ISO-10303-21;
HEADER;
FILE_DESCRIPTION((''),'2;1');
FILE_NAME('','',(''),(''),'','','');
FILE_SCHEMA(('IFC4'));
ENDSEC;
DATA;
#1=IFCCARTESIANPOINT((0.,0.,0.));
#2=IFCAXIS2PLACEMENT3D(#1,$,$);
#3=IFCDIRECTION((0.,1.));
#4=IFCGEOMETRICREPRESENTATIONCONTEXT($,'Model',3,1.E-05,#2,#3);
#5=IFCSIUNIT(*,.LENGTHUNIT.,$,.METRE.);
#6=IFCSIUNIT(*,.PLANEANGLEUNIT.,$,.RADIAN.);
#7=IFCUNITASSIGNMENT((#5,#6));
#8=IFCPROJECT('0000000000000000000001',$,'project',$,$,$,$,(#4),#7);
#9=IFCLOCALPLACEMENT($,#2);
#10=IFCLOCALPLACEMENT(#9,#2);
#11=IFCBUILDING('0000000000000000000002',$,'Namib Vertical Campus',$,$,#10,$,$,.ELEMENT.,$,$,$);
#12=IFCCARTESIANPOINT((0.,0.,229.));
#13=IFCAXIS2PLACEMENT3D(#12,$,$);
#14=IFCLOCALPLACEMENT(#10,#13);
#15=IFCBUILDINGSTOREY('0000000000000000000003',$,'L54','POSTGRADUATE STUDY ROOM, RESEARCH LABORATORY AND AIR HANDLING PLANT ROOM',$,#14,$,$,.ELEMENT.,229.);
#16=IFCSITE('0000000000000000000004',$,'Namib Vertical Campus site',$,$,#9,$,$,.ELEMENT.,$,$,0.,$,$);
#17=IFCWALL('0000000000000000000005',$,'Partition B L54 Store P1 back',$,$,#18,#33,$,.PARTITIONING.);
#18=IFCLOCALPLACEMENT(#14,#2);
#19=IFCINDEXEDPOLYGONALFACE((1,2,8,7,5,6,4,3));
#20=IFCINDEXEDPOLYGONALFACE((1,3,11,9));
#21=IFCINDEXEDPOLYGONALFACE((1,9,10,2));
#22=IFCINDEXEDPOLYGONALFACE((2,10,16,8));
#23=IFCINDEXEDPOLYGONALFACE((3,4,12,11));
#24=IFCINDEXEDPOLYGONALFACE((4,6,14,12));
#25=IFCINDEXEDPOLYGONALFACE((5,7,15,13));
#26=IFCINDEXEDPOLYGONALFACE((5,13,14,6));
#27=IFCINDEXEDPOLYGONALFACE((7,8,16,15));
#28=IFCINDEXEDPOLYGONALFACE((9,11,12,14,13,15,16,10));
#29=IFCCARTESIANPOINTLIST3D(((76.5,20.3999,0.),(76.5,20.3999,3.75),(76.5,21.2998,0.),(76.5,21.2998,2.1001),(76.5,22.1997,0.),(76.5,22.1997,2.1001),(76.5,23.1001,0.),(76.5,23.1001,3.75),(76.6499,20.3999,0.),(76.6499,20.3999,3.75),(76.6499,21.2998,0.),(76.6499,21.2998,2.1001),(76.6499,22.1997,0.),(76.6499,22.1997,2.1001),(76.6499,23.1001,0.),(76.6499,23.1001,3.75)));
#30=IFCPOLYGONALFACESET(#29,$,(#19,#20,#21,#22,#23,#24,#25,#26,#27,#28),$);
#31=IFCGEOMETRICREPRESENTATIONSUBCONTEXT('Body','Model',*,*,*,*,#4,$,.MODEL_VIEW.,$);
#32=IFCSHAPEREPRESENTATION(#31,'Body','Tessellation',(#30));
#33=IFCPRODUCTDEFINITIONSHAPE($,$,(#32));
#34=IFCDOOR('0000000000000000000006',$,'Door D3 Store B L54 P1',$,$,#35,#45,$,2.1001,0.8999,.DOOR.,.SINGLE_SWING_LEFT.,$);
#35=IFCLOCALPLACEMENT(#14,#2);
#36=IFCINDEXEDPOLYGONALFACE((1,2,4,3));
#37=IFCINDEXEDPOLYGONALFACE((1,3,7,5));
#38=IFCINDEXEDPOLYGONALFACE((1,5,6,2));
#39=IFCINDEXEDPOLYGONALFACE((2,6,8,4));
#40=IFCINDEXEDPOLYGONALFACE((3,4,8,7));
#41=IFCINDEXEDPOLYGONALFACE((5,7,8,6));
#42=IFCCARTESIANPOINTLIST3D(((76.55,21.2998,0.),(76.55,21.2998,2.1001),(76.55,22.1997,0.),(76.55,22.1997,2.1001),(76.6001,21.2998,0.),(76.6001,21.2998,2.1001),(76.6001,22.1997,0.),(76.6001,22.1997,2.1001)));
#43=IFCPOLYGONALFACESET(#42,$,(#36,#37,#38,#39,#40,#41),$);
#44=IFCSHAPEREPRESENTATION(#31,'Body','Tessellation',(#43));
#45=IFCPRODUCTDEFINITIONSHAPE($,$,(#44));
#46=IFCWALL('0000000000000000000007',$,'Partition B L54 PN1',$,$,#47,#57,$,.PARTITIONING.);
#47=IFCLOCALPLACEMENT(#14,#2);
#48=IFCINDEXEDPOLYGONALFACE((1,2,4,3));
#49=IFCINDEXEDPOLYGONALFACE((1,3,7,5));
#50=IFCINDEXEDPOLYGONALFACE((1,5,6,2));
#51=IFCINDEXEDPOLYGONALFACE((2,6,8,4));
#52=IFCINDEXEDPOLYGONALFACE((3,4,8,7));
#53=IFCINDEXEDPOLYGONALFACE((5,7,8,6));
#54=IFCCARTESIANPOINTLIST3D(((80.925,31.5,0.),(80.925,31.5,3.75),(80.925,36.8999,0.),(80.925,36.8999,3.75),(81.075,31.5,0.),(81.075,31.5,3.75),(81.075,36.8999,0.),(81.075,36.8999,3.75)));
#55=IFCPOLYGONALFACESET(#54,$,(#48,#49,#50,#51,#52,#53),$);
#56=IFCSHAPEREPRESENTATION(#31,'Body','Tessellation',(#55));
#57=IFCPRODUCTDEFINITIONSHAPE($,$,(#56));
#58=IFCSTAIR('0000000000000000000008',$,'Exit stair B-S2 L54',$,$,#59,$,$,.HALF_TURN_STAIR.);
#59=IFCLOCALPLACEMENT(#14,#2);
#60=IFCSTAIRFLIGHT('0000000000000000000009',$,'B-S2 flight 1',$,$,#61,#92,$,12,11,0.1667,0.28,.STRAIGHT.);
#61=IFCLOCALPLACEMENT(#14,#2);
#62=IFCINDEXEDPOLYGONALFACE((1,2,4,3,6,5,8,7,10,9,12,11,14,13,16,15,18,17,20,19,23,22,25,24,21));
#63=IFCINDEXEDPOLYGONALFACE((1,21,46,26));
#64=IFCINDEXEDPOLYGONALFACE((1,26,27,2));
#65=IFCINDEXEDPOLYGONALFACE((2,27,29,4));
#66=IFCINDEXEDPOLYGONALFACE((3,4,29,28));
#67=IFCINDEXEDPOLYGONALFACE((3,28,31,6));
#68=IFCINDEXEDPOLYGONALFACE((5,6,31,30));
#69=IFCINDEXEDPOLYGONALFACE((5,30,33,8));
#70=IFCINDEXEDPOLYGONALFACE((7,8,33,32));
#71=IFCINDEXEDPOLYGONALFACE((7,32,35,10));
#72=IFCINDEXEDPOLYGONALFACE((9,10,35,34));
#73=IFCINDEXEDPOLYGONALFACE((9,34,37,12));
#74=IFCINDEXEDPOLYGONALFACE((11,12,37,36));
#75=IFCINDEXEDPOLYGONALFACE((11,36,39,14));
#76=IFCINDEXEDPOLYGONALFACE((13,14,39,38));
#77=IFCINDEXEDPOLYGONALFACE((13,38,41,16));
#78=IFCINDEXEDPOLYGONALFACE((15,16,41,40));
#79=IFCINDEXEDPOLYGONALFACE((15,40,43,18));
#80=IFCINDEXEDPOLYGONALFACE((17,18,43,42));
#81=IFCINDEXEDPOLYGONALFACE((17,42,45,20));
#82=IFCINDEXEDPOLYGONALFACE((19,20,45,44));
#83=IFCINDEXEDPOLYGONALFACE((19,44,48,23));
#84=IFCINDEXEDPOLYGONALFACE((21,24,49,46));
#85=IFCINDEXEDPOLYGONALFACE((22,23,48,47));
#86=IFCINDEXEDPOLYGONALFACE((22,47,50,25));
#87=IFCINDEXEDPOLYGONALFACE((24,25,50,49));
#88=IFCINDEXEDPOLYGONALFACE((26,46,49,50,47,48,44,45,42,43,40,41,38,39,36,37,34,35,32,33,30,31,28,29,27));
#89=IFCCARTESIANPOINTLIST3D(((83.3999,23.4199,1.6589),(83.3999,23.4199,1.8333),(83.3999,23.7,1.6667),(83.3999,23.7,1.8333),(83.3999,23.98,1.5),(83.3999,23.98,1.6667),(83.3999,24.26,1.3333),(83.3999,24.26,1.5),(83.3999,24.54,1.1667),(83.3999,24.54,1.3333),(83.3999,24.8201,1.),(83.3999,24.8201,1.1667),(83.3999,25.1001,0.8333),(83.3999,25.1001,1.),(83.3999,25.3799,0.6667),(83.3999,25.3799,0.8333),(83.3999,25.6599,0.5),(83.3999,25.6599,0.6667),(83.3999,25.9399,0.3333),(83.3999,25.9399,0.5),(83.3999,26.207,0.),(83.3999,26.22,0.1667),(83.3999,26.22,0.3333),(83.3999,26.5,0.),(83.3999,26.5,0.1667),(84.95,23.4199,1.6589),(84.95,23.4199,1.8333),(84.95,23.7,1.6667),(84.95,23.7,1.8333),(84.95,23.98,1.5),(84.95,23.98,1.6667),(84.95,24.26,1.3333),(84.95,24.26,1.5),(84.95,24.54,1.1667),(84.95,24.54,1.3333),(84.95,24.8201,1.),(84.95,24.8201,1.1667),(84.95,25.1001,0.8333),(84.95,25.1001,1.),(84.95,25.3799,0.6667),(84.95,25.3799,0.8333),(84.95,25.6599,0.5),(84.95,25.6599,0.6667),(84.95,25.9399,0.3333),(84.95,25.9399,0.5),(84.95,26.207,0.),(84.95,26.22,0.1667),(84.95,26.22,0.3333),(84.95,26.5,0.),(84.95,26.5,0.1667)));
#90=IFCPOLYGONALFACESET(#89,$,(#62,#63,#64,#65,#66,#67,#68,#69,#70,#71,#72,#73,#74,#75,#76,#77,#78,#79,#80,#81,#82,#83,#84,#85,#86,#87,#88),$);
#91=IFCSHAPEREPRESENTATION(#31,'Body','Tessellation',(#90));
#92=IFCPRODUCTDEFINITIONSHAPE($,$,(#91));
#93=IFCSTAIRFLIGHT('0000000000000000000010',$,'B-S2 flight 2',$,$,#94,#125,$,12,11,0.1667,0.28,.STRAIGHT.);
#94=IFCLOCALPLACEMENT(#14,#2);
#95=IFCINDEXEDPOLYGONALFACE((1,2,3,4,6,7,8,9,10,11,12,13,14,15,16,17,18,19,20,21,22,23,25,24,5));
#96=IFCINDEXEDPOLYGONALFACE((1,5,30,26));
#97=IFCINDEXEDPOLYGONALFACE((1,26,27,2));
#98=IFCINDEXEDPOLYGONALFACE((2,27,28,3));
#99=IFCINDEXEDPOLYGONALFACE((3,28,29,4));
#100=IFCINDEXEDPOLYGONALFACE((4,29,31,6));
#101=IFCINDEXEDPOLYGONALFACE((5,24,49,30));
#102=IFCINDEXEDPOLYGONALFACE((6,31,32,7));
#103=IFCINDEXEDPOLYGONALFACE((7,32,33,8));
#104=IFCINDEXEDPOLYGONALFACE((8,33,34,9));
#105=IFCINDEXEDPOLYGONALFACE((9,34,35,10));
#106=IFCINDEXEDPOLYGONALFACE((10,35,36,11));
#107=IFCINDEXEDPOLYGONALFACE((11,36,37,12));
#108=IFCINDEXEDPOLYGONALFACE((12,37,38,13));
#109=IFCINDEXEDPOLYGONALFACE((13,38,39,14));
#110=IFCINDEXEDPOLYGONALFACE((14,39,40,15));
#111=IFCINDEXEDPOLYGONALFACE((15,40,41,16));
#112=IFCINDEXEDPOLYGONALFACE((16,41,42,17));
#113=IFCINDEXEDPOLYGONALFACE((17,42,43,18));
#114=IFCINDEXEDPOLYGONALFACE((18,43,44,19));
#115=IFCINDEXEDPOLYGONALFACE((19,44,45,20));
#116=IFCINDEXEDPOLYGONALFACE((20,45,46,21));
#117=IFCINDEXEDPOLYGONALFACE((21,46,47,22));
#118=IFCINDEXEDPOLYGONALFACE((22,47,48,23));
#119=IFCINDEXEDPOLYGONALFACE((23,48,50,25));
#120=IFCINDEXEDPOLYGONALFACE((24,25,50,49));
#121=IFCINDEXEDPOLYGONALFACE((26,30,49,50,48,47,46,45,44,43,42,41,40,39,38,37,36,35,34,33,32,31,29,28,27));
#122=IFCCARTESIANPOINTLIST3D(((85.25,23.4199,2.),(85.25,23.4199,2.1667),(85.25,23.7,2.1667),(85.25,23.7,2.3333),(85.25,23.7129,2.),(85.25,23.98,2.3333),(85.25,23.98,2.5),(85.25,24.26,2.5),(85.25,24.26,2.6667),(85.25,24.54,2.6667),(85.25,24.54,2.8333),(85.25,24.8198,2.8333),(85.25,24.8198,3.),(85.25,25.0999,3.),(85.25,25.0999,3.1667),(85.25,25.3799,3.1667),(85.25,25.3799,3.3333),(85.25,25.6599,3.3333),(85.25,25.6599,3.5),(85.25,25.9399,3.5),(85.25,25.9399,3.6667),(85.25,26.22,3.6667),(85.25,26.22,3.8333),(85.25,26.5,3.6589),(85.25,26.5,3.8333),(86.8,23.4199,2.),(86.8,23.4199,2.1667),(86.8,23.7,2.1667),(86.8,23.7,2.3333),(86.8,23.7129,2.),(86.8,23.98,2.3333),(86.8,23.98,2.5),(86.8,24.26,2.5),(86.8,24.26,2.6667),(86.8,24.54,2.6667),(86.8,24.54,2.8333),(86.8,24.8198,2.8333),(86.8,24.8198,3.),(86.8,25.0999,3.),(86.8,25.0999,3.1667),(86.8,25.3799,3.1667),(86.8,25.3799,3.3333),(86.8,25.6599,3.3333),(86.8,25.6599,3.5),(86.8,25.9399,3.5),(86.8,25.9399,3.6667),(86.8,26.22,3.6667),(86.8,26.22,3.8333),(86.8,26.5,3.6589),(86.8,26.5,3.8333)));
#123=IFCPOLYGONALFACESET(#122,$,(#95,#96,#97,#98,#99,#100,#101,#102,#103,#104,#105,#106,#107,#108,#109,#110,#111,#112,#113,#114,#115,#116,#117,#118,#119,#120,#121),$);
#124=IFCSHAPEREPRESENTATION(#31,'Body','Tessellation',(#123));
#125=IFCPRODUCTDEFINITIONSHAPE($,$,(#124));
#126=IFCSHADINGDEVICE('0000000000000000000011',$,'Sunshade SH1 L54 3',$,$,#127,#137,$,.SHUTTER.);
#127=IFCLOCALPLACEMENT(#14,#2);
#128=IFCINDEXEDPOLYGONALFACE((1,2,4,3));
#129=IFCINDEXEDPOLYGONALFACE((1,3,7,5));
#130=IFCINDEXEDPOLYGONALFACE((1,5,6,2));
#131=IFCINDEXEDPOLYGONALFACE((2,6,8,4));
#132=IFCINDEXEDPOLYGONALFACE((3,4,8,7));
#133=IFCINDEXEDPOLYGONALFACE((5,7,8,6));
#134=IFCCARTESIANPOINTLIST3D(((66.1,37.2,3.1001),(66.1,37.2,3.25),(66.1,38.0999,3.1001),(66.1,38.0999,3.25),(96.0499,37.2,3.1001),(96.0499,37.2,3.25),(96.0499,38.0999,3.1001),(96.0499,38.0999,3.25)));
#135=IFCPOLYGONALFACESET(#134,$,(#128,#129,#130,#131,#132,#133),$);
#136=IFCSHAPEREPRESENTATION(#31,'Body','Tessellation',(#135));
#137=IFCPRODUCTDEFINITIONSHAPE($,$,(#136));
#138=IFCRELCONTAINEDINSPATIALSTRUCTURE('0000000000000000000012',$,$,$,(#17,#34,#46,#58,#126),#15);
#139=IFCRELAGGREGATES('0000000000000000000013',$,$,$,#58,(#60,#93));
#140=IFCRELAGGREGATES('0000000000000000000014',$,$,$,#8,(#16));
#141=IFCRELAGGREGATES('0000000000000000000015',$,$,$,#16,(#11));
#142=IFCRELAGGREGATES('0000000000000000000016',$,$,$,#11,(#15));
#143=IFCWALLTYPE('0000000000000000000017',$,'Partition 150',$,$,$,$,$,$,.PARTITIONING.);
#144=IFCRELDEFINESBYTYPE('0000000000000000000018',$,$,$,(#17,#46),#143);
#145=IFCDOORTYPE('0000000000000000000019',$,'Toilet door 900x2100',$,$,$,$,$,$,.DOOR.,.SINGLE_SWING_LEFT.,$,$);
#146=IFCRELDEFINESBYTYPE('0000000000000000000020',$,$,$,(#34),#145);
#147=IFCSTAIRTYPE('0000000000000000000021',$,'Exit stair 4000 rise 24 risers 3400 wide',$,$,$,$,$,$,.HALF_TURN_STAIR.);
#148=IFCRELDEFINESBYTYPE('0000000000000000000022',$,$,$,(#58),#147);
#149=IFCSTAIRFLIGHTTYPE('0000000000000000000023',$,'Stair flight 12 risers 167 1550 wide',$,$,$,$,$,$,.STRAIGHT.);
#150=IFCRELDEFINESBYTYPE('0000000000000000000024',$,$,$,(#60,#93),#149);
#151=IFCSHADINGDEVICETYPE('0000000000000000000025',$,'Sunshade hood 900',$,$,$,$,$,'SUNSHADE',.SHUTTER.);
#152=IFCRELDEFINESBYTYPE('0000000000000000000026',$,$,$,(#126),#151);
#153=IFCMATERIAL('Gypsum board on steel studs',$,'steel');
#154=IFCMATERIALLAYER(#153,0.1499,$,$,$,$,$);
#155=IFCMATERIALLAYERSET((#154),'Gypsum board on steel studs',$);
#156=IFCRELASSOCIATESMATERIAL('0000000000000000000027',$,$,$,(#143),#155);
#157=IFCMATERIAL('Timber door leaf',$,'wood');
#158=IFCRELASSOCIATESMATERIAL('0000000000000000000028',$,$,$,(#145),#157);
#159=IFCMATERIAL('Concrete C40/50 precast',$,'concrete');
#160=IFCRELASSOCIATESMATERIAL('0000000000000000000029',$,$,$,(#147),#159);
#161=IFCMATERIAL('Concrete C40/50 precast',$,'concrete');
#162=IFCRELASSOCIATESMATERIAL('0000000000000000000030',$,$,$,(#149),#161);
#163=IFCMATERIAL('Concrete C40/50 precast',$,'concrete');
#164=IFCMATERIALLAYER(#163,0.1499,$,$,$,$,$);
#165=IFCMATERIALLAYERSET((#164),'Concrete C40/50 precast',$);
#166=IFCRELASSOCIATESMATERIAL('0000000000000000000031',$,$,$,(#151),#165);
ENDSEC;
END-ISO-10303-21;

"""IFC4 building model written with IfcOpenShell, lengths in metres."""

from ifc_helpers import new_model, si_unit, direction, frame, frame_2d, origin, origin_2d, place, context, subcontext, project, spatial, polyline, rectangle, outline, extrude, material, layer, layer_set, type_object, element, fill, aggregate, save


model = new_model("IFC4")

# Units and contexts
model_context = context("Model", 3, precision=1e-05, world=origin(), true_north=direction((0.0, 1.0)))
body_context = subcontext(model_context, "Body", "Model", "MODEL_VIEW")
ifc_project = project(units=[si_unit("LENGTHUNIT", "METRE"), si_unit("PLANEANGLEUNIT", "RADIAN")], contexts=[model_context])

# Site, building, storey
site_placement = place(None, origin())
site = spatial("IfcSite", under=ifc_project, at=site_placement, Name="Namib Vertical Campus site", CompositionType="ELEMENT", RefElevation=0.0)
building_placement = place(site_placement, origin())
building = spatial("IfcBuilding", under=site, at=building_placement, Name="Namib Vertical Campus", CompositionType="ELEMENT")
storey_placement = place(building_placement, frame((0.0, 0.0, 229.0)))
storey = spatial("IfcBuildingStorey", under=building, at=storey_placement, Name="L54", Description="POSTGRADUATE STUDY ROOM, RESEARCH LABORATORY AND AIR HANDLING PLANT ROOM", CompositionType="ELEMENT", Elevation=229.0)

# Shared definitions
ifc_material_1 = material(Name="Gypsum board on steel studs", Category="steel")
ifc_layer_1 = layer(ifc_material_1, 0.1499)
ifc_layer_set_1 = layer_set([ifc_layer_1], Name="Gypsum board on steel studs")
wall_type_1 = type_object("IfcWallType", Name="Partition 150", PredefinedType="PARTITIONING", material=ifc_layer_set_1)
ifc_material_2 = material(Name="Timber door leaf", Category="wood")
door_type = type_object("IfcDoorType", Name="Toilet door 900x2100", OperationType="SINGLE_SWING_LEFT", PredefinedType="DOOR", material=ifc_material_2)

# Wall, opening, door
wall_1_placement = place(storey_placement, frame((76.575, 20.3999, 0.0), z_axis=(0.0, 0.0, 1.0), x_axis=(0.0, 1.0, 0.0)))
wall_1 = element("IfcWall", 1, at=wall_1_placement, inside=storey, type_object=wall_type_1, Name="Partition B L54 Store P1 back", PredefinedType="PARTITIONING", context=body_context, shape_type="SweptSolid", body=[
    extrude(rectangle(XDim=2.7002, YDim=0.1499, at=frame_2d((1.3501, 0.0))), origin(), (0.0, 0.0, 1.0), 3.75),
])
opening_1_placement = place(wall_1_placement, frame((0.8999, 0.0, 0.0)))
opening_1 = element("IfcOpeningElement", 2, at=opening_1_placement, cuts=wall_1, PredefinedType="OPENING", context=body_context, shape_type="SweptSolid", body=[
    extrude(rectangle(XDim=0.8999, YDim=2.1001, at=frame_2d((0.45, 1.05))), frame((0.0, 0.085, 0.0), z_axis=(0.0, -1.0, 0.0), x_axis=(1.0, 0.0, 0.0)), (0.0, 0.0, 1.0), 0.1699),
])
door_1_placement = place(opening_1_placement, origin())
door_1 = element("IfcDoor", 3, at=door_1_placement, inside=storey, type_object=door_type, Name="Door D3 Store B L54 P1", OperationType="SINGLE_SWING_LEFT", OverallHeight=2.1001, OverallWidth=0.8999, PredefinedType="DOOR", context=body_context, shape_type="SweptSolid", body=[
    extrude(rectangle(XDim=0.8999, YDim=2.1001, at=frame_2d((0.45, 1.05))), frame((0.0, 0.0249, 0.0), z_axis=(0.0, -1.0, 0.0), x_axis=(1.0, 0.0, 0.0)), (0.0, 0.0, 1.0), 0.05),
])
fill(opening_1, door_1)

# Wall
wall_2_placement = place(storey_placement, frame((81.0, 31.5, 0.0), z_axis=(0.0, 0.0, 1.0), x_axis=(0.0, 1.0, 0.0)))
element("IfcWall", 4, at=wall_2_placement, inside=storey, type_object=wall_type_1, Name="Partition B L54 PN1", PredefinedType="PARTITIONING", context=body_context, shape_type="SweptSolid", body=[
    extrude(rectangle(XDim=5.3999, YDim=0.1499, at=frame_2d((2.7, 0.0))), origin(), (0.0, 0.0, 1.0), 3.75),
])

# Stair, stair flights
ifc_material_3 = material(Name="Concrete C40/50 precast", Category="concrete")
stair_type = type_object("IfcStairType", Name="Exit stair 4000 rise 24 risers 3400 wide", PredefinedType="HALF_TURN_STAIR", material=ifc_material_3)
stair_placement = place(storey_placement, origin())
stair = element("IfcStair", 5, at=stair_placement, inside=storey, type_object=stair_type, Name="Exit stair B-S2 L54", PredefinedType="HALF_TURN_STAIR")
ifc_material_4 = material(Name="Concrete C40/50 precast", Category="concrete")
stair_flight_type = type_object("IfcStairFlightType", Name="Stair flight 12 risers 167 1550 wide", PredefinedType="STRAIGHT", material=ifc_material_4)
stair_flight_1_placement = place(storey_placement, frame((84.175, 26.5, 0.0), z_axis=(0.0, 0.0, 1.0), x_axis=(0.0, -1.0, 0.0)))
stair_flight_1 = element("IfcStairFlight", 6, at=stair_flight_1_placement, type_object=stair_flight_type, Name="B-S2 flight 1", NumberOfRisers=12, NumberOfTreads=11, PredefinedType="STRAIGHT", RiserHeight=0.1667, TreadLength=0.28, context=body_context, shape_type="SweptSolid", body=[
    extrude(outline(polyline([(0.0, 0.0), (0.0, 0.1667), (0.28, 0.1667), (0.28, 0.3333), (0.5601, 0.3333), (0.5601, 0.5), (0.8401, 0.5), (0.8401, 0.6667), (1.1201, 0.6667), (1.1201, 0.8333), (1.3999, 0.8333), (1.3999, 1.0), (1.6799, 1.0), (1.6799, 1.1667), (1.96, 1.1667), (1.96, 1.3333), (2.24, 1.3333), (2.24, 1.5), (2.52, 1.5), (2.52, 1.6667), (2.8, 1.6667), (2.8, 1.8333), (3.0801, 1.8333), (3.0801, 2.0), (3.0801, 1.6589), (0.293, 0.0), (0.0, 0.0)])), frame((0.0, 0.7749, 0.0), z_axis=(0.0, -1.0, 0.0), x_axis=(1.0, 0.0, 0.0)), (0.0, 0.0, 1.0), 1.55),
])
stair_flight_2_placement = place(storey_placement, frame((86.0249, 23.4199, 2.0), z_axis=(0.0, 0.0, 1.0), x_axis=(0.0, 1.0, 0.0)))
stair_flight_2 = element("IfcStairFlight", 7, at=stair_flight_2_placement, type_object=stair_flight_type, Name="B-S2 flight 2", NumberOfRisers=12, NumberOfTreads=11, PredefinedType="STRAIGHT", RiserHeight=0.1667, TreadLength=0.28, context=body_context, shape_type="SweptSolid", body=[
    extrude(outline(polyline([(0.0, 0.0), (0.0, 0.1667), (0.28, 0.1667), (0.28, 0.3333), (0.5601, 0.3333), (0.5601, 0.5), (0.8401, 0.5), (0.8401, 0.6667), (1.1201, 0.6667), (1.1201, 0.8333), (1.3999, 0.8333), (1.3999, 1.0), (1.6799, 1.0), (1.6799, 1.1667), (1.96, 1.1667), (1.96, 1.3333), (2.24, 1.3333), (2.24, 1.5), (2.52, 1.5), (2.52, 1.6667), (2.8, 1.6667), (2.8, 1.8333), (3.0801, 1.8333), (3.0801, 2.0), (3.0801, 1.6589), (0.293, 0.0), (0.0, 0.0)])), frame((0.0, 0.7749, 0.0), z_axis=(0.0, -1.0, 0.0), x_axis=(1.0, 0.0, 0.0)), (0.0, 0.0, 1.0), 1.55),
])
aggregate(stair, [stair_flight_1, stair_flight_2])

# Shading device
ifc_material_5 = material(Name="Concrete C40/50 precast", Category="concrete")
ifc_layer_2 = layer(ifc_material_5, 0.1499)
ifc_layer_set_2 = layer_set([ifc_layer_2], Name="Concrete C40/50 precast")
shading_device_type = type_object("IfcShadingDeviceType", Name="Sunshade hood 900", ElementType="SUNSHADE", PredefinedType="SHUTTER", material=ifc_layer_set_2)
shading_device_placement = place(storey_placement, frame((81.075, 37.6499, 3.1001), z_axis=(0.0, 0.0, 1.0), x_axis=(-1.0, 0.0, 0.0)))
element("IfcShadingDevice", 8, at=shading_device_placement, inside=storey, type_object=shading_device_type, Name="Sunshade SH1 L54 3", PredefinedType="SHUTTER", context=body_context, shape_type="SweptSolid", body=[
    extrude(rectangle(XDim=29.95, YDim=0.8999, at=origin_2d()), origin(), (0.0, 0.0, 1.0), 0.1499),
])

save(model, "model.ifc")
